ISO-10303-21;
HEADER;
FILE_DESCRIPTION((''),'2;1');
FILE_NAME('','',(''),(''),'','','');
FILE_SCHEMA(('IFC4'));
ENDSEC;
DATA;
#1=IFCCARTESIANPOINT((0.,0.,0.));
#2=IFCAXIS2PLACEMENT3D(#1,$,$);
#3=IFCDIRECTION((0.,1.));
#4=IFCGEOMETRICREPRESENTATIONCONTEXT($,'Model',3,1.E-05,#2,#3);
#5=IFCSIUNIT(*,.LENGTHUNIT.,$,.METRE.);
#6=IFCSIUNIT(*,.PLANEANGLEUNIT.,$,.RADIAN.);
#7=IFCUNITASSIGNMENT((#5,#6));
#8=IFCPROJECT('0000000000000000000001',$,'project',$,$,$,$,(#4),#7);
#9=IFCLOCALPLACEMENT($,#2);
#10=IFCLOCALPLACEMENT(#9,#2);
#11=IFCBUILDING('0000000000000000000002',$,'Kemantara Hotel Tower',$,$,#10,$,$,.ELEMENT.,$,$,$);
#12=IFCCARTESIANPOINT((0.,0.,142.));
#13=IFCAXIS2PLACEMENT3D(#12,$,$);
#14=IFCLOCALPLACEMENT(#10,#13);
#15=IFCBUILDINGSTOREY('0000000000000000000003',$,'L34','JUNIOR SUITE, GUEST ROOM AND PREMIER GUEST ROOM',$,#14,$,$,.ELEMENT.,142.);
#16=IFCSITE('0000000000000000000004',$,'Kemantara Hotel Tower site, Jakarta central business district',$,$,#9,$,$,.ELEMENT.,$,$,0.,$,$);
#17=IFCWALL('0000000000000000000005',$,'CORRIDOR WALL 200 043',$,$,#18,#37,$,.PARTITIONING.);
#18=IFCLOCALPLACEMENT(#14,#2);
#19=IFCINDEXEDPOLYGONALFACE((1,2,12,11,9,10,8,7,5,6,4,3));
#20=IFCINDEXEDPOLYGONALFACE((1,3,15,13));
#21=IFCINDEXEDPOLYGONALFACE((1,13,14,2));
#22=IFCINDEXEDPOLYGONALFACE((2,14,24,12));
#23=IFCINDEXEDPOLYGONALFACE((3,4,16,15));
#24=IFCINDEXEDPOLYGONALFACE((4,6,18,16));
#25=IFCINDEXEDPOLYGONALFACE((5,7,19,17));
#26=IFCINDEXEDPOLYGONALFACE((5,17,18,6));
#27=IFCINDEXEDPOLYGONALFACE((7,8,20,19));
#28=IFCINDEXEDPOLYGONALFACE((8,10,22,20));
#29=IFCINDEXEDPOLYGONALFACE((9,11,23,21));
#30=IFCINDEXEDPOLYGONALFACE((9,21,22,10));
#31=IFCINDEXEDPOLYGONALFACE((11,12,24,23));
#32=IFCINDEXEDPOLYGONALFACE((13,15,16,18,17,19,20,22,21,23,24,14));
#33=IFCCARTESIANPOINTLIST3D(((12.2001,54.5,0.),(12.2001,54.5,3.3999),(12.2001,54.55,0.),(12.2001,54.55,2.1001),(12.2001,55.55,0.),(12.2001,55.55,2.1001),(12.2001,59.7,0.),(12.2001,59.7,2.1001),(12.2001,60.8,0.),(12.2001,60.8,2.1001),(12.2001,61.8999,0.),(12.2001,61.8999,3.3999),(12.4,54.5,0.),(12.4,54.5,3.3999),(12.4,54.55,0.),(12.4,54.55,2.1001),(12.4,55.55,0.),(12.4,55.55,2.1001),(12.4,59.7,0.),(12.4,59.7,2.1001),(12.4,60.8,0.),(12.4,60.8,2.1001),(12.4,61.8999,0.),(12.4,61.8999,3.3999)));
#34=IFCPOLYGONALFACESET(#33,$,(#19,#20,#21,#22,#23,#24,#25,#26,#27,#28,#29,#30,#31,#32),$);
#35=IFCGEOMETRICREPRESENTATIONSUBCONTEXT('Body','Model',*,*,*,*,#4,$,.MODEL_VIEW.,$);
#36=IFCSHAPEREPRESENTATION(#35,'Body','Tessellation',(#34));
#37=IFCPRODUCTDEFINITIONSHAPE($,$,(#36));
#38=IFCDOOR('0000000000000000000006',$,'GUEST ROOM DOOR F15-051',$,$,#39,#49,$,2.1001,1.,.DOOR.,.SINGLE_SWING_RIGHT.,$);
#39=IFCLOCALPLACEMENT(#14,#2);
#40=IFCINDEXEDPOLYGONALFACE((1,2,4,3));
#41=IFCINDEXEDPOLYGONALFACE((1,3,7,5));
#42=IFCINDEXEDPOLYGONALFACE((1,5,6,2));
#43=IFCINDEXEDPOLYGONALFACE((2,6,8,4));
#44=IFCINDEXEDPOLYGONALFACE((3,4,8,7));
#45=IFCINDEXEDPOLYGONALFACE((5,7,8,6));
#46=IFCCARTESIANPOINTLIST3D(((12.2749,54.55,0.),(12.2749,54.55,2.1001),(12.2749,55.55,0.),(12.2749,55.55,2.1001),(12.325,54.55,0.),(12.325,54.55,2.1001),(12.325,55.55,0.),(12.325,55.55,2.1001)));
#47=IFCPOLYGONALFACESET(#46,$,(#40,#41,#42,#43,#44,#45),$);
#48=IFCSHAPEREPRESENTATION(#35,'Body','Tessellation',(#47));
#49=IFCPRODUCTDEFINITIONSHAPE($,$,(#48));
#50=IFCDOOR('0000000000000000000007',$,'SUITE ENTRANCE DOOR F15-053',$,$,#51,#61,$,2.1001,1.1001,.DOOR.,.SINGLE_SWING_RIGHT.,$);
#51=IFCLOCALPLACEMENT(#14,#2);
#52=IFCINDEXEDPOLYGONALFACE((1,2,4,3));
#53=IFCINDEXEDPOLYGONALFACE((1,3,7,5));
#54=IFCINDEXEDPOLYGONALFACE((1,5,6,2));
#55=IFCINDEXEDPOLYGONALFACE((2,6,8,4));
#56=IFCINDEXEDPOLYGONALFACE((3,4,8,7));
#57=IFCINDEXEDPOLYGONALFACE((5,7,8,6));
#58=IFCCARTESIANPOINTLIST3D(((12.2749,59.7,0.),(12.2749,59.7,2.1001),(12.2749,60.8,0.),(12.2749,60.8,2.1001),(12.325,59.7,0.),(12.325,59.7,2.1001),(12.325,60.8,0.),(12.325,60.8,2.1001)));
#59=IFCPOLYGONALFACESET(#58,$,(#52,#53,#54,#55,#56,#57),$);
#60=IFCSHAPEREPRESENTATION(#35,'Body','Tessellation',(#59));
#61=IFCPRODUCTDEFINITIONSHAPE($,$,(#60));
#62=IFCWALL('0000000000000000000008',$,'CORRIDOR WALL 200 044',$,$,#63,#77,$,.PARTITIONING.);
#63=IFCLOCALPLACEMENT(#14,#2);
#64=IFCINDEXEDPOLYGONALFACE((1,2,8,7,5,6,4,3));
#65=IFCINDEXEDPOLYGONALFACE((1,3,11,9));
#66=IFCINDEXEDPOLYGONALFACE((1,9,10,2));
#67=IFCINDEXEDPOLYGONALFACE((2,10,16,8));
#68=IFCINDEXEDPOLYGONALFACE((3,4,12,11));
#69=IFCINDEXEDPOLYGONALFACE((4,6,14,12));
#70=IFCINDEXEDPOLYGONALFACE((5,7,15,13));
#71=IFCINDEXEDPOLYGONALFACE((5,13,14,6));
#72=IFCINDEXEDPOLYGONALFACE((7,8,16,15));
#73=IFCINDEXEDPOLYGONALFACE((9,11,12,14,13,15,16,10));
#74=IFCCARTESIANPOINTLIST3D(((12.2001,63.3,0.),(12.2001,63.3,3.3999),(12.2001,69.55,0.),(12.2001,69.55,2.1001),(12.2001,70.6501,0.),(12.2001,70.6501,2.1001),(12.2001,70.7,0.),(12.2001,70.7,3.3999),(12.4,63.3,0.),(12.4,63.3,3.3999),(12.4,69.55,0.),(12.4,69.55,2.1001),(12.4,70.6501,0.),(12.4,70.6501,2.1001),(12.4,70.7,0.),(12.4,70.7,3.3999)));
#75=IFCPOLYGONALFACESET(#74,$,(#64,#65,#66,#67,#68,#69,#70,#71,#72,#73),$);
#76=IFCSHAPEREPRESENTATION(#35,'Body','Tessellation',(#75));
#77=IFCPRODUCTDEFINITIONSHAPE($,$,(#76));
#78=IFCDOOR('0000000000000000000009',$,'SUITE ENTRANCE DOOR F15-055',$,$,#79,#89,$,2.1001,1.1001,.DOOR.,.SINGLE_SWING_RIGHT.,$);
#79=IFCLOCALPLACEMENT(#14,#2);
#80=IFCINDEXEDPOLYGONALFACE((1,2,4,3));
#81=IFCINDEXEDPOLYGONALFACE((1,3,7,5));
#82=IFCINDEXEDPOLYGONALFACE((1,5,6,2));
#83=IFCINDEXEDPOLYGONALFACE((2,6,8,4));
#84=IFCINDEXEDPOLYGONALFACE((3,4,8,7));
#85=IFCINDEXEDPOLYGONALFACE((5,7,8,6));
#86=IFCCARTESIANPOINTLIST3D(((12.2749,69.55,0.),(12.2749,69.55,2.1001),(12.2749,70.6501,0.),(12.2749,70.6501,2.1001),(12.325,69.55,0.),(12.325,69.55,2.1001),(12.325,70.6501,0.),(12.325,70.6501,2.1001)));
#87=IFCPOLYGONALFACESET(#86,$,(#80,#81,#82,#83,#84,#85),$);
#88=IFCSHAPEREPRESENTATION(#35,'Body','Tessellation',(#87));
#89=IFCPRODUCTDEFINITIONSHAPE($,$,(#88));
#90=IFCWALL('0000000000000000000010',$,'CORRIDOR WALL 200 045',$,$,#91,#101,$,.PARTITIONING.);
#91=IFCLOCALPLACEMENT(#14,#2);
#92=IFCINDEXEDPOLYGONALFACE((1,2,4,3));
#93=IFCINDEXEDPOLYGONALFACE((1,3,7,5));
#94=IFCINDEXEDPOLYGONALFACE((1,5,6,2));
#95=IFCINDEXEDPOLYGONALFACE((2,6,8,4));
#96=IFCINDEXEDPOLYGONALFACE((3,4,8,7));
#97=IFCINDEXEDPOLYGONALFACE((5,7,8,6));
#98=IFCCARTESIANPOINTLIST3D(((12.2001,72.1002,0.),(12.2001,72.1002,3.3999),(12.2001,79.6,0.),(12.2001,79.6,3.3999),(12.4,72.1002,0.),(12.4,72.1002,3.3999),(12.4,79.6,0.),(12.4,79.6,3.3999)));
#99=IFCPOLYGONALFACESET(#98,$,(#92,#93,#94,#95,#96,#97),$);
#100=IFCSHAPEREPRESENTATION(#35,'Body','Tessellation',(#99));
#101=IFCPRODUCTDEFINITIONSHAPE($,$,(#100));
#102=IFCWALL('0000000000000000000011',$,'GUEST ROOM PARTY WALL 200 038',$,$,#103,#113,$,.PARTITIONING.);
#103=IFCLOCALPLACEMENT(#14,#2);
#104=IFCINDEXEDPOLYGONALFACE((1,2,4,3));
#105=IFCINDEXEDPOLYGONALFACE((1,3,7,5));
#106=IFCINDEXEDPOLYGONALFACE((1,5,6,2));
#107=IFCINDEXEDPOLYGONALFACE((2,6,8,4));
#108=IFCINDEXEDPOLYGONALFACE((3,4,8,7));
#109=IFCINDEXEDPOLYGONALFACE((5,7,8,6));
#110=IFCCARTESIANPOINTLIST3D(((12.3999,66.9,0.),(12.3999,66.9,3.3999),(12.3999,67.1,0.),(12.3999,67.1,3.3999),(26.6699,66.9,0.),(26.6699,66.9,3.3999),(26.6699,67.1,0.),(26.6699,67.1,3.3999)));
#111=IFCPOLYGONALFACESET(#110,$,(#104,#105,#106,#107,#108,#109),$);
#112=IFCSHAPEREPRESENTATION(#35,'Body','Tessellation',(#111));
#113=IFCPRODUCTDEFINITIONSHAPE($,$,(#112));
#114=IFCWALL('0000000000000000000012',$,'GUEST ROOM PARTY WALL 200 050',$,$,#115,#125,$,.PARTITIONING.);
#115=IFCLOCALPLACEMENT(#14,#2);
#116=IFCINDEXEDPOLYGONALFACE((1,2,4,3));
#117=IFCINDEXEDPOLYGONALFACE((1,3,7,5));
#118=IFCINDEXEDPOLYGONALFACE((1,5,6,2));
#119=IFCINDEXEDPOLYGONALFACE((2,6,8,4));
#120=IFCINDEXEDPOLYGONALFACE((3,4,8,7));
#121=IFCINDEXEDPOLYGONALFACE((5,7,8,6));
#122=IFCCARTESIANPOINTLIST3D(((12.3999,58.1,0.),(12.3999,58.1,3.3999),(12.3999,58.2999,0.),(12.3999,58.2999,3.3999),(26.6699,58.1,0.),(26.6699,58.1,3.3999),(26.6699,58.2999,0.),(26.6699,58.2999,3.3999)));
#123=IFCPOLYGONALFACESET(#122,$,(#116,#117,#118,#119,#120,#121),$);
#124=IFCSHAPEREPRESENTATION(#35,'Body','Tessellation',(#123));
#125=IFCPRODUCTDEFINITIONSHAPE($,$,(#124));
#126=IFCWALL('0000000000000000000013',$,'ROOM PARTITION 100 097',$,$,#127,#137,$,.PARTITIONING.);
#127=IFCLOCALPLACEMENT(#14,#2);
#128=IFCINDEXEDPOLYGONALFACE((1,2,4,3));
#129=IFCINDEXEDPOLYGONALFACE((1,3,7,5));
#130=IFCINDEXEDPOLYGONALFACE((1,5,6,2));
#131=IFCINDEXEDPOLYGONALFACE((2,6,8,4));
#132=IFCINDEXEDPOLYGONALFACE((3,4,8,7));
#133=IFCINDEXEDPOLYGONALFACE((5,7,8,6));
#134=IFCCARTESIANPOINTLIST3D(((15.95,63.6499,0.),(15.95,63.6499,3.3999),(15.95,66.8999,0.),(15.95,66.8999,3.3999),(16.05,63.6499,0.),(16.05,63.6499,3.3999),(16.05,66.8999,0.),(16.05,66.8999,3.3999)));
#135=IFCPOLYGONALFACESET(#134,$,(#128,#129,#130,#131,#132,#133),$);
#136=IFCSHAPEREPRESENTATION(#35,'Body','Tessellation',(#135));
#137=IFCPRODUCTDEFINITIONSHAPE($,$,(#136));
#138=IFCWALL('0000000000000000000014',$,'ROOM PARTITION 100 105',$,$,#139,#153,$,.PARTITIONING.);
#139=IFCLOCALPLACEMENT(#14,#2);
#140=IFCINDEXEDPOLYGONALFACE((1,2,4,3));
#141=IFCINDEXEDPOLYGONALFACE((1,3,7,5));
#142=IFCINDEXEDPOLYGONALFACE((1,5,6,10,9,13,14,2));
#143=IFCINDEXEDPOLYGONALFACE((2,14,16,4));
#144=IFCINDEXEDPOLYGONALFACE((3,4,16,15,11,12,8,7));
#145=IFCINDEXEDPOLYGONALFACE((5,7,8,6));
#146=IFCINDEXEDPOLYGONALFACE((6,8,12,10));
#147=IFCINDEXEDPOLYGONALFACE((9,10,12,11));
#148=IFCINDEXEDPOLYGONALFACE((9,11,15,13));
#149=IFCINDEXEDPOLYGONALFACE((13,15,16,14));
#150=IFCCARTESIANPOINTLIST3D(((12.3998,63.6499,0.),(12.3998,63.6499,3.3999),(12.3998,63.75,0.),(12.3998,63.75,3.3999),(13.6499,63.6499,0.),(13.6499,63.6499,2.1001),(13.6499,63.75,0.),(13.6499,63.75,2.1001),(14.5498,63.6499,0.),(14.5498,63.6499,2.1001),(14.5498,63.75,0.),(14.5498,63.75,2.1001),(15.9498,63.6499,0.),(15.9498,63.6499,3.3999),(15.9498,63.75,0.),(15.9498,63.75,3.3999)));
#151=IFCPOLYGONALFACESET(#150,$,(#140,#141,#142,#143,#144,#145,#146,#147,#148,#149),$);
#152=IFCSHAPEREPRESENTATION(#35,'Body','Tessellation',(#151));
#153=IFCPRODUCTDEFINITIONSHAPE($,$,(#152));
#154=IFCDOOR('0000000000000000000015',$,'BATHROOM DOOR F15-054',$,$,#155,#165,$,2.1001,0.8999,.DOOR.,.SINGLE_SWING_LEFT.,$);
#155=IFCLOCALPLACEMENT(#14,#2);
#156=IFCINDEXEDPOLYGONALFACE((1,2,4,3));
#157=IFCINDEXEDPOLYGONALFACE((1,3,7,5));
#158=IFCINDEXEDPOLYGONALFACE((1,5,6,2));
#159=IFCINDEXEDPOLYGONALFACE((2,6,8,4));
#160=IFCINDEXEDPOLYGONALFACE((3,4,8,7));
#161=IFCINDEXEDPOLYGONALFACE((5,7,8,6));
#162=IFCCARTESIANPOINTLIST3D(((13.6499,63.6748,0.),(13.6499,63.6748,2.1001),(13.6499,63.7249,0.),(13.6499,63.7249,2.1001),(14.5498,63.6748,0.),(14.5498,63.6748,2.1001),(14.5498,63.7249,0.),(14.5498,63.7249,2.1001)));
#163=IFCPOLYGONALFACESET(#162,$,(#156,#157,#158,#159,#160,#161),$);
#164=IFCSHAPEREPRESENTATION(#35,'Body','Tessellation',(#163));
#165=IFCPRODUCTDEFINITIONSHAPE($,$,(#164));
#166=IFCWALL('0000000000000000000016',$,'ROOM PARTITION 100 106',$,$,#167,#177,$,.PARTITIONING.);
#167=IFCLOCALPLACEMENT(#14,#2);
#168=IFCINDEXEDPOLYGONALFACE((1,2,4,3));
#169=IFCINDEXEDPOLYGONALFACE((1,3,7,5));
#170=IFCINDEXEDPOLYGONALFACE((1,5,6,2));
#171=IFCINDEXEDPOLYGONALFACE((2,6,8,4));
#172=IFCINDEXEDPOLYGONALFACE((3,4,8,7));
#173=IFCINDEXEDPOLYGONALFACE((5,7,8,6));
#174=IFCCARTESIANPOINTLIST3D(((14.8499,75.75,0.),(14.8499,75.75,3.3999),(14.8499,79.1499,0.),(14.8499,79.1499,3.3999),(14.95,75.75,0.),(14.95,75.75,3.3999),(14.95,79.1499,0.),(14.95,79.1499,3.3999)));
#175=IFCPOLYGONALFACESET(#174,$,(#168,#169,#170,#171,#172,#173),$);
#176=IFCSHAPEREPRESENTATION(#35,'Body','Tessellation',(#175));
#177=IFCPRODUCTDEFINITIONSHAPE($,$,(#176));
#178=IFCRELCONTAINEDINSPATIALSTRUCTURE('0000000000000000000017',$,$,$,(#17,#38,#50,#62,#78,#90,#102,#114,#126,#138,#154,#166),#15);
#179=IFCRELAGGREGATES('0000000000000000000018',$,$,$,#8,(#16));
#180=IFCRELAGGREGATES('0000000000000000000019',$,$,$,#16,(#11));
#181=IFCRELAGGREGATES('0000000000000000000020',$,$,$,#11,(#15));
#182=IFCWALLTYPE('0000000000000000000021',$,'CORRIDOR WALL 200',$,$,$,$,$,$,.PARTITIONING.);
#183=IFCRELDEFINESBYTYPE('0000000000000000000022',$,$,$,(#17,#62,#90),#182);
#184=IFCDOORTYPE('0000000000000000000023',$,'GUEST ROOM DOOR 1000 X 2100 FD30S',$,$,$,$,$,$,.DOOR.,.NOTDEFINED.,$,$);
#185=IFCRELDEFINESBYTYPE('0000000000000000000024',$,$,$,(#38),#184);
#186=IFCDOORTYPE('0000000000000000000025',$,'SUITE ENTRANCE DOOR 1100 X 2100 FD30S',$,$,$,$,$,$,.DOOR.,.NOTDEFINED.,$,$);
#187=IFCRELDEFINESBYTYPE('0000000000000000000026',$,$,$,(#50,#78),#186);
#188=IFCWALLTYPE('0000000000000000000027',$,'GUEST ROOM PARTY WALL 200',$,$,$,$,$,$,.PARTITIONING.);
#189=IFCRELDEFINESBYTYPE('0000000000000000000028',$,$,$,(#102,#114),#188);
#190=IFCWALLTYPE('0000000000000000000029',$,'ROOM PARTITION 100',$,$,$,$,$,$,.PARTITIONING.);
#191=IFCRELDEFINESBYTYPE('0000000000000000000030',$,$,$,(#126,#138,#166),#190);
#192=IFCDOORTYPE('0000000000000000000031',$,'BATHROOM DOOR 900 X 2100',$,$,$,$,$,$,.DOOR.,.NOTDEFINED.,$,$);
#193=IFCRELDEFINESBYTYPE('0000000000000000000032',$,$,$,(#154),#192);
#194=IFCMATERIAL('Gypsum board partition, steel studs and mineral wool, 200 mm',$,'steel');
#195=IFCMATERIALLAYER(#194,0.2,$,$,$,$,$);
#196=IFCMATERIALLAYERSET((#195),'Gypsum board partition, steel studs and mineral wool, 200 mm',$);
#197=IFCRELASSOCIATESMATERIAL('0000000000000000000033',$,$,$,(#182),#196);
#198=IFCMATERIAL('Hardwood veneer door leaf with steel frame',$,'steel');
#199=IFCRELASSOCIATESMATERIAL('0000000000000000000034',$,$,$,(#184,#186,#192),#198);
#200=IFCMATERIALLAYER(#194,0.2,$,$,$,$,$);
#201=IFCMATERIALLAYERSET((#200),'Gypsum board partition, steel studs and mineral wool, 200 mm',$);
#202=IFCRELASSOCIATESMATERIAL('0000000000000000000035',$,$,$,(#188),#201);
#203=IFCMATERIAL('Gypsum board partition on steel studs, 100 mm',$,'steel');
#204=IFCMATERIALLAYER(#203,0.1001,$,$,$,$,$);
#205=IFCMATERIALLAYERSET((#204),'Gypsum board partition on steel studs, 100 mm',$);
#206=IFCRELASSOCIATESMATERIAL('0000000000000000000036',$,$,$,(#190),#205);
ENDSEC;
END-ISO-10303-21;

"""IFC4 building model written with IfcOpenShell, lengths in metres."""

from ifc_helpers import new_model, si_unit, direction, frame, frame_2d, origin, place, context, subcontext, project, spatial, rectangle, extrude, material, layer, layer_set, type_object, element, fill, save


model = new_model("IFC4")

# Units and contexts
model_context = context("Model", 3, precision=1e-05, world=origin(), true_north=direction((0.0, 1.0)))
body_context = subcontext(model_context, "Body", "Model", "MODEL_VIEW")
ifc_project = project(units=[si_unit("LENGTHUNIT", "METRE"), si_unit("PLANEANGLEUNIT", "RADIAN")], contexts=[model_context])

# Site, building, storey
site_placement = place(None, origin())
site = spatial("IfcSite", under=ifc_project, at=site_placement, Name="Kemantara Hotel Tower site, Jakarta central business district", CompositionType="ELEMENT", RefElevation=0.0)
building_placement = place(site_placement, origin())
building = spatial("IfcBuilding", under=site, at=building_placement, Name="Kemantara Hotel Tower", CompositionType="ELEMENT")
storey_placement = place(building_placement, frame((0.0, 0.0, 142.0)))
storey = spatial("IfcBuildingStorey", under=building, at=storey_placement, Name="L34", Description="JUNIOR SUITE, GUEST ROOM AND PREMIER GUEST ROOM", CompositionType="ELEMENT", Elevation=142.0)

# Wall, openings, doors
ifc_material_1 = material(Name="Gypsum board partition, steel studs and mineral wool, 200 mm", Category="steel")
ifc_layer_1 = layer(ifc_material_1, 0.2)
ifc_layer_set_1 = layer_set([ifc_layer_1], Name="Gypsum board partition, steel studs and mineral wool, 200 mm")
wall_type_1 = type_object("IfcWallType", Name="CORRIDOR WALL 200", PredefinedType="PARTITIONING", material=ifc_layer_set_1)
wall_1_placement = place(storey_placement, frame((12.3, 61.8999, 0.0), z_axis=(0.0, 0.0, 1.0), x_axis=(0.0, -1.0, 0.0)))
wall_1 = element("IfcWall", 1, at=wall_1_placement, inside=storey, type_object=wall_type_1, Name="CORRIDOR WALL 200 043", PredefinedType="PARTITIONING", context=body_context, shape_type="SweptSolid", body=[
    extrude(rectangle(XDim=7.3999, YDim=0.2, at=frame_2d((3.7, 0.0))), origin(), (0.0, 0.0, 1.0), 3.3999),
])
opening_1_placement = place(wall_1_placement, frame((6.3499, 0.0, 0.0)))
opening_1 = element("IfcOpeningElement", 2, at=opening_1_placement, cuts=wall_1, PredefinedType="OPENING", context=body_context, shape_type="SweptSolid", body=[
    extrude(rectangle(XDim=1.0, YDim=2.1001, at=frame_2d((0.5, 1.05))), frame((0.0, 0.1099, 0.0), z_axis=(0.0, -1.0, 0.0), x_axis=(1.0, 0.0, 0.0)), (0.0, 0.0, 1.0), 0.22),
])
opening_2_placement = place(wall_1_placement, frame((1.0999, 0.0, 0.0)))
opening_2 = element("IfcOpeningElement", 3, at=opening_2_placement, cuts=wall_1, PredefinedType="OPENING", context=body_context, shape_type="SweptSolid", body=[
    extrude(rectangle(XDim=1.1001, YDim=2.1001, at=frame_2d((0.55, 1.05))), frame((0.0, 0.1099, 0.0), z_axis=(0.0, -1.0, 0.0), x_axis=(1.0, 0.0, 0.0)), (0.0, 0.0, 1.0), 0.22),
])
ifc_material_2 = material(Name="Hardwood veneer door leaf with steel frame", Category="steel")
door_type_1 = type_object("IfcDoorType", Name="GUEST ROOM DOOR 1000 X 2100 FD30S", OperationType="NOTDEFINED", PredefinedType="DOOR", material=ifc_material_2)
door_1_placement = place(opening_1_placement, origin())
door_1 = element("IfcDoor", 4, at=door_1_placement, inside=storey, type_object=door_type_1, Name="GUEST ROOM DOOR F15-051", OperationType="SINGLE_SWING_RIGHT", OverallHeight=2.1001, OverallWidth=1.0, PredefinedType="DOOR", context=body_context, shape_type="SweptSolid", body=[
    extrude(rectangle(XDim=1.0, YDim=2.1001, at=frame_2d((0.5, 1.05))), frame((0.0, 0.0249, 0.0), z_axis=(0.0, -1.0, 0.0), x_axis=(1.0, 0.0, 0.0)), (0.0, 0.0, 1.0), 0.05),
])
fill(opening_1, door_1)
door_type_2 = type_object("IfcDoorType", Name="SUITE ENTRANCE DOOR 1100 X 2100 FD30S", OperationType="NOTDEFINED", PredefinedType="DOOR", material=ifc_material_2)
door_2_placement = place(opening_2_placement, origin())
door_2 = element("IfcDoor", 5, at=door_2_placement, inside=storey, type_object=door_type_2, Name="SUITE ENTRANCE DOOR F15-053", OperationType="SINGLE_SWING_RIGHT", OverallHeight=2.1001, OverallWidth=1.1001, PredefinedType="DOOR", context=body_context, shape_type="SweptSolid", body=[
    extrude(rectangle(XDim=1.1001, YDim=2.1001, at=frame_2d((0.55, 1.05))), frame((0.0, 0.0249, 0.0), z_axis=(0.0, -1.0, 0.0), x_axis=(1.0, 0.0, 0.0)), (0.0, 0.0, 1.0), 0.05),
])
fill(opening_2, door_2)

# Wall, opening, door
wall_2_placement = place(storey_placement, frame((12.3, 70.7, 0.0), z_axis=(0.0, 0.0, 1.0), x_axis=(0.0, -1.0, 0.0)))
wall_2 = element("IfcWall", 6, at=wall_2_placement, inside=storey, type_object=wall_type_1, Name="CORRIDOR WALL 200 044", PredefinedType="PARTITIONING", context=body_context, shape_type="SweptSolid", body=[
    extrude(rectangle(XDim=7.3999, YDim=0.2, at=frame_2d((3.7, 0.0))), origin(), (0.0, 0.0, 1.0), 3.3999),
])
opening_3_placement = place(wall_2_placement, frame((0.0498, 0.0, 0.0)))
opening_3 = element("IfcOpeningElement", 7, at=opening_3_placement, cuts=wall_2, PredefinedType="OPENING", context=body_context, shape_type="SweptSolid", body=[
    extrude(rectangle(XDim=1.1001, YDim=2.1001, at=frame_2d((0.55, 1.05))), frame((0.0, 0.1099, 0.0), z_axis=(0.0, -1.0, 0.0), x_axis=(1.0, 0.0, 0.0)), (0.0, 0.0, 1.0), 0.22),
])
door_3_placement = place(opening_3_placement, origin())
door_3 = element("IfcDoor", 8, at=door_3_placement, inside=storey, type_object=door_type_2, Name="SUITE ENTRANCE DOOR F15-055", OperationType="SINGLE_SWING_RIGHT", OverallHeight=2.1001, OverallWidth=1.1001, PredefinedType="DOOR", context=body_context, shape_type="SweptSolid", body=[
    extrude(rectangle(XDim=1.1001, YDim=2.1001, at=frame_2d((0.55, 1.05))), frame((0.0, 0.0249, 0.0), z_axis=(0.0, -1.0, 0.0), x_axis=(1.0, 0.0, 0.0)), (0.0, 0.0, 1.0), 0.05),
])
fill(opening_3, door_3)

# Walls
wall_3_placement = place(storey_placement, frame((12.3, 72.1001, 0.0), z_axis=(0.0, 0.0, 1.0), x_axis=(0.0, 1.0, 0.0)))
element("IfcWall", 9, at=wall_3_placement, inside=storey, type_object=wall_type_1, Name="CORRIDOR WALL 200 045", PredefinedType="PARTITIONING", context=body_context, shape_type="SweptSolid", body=[
    extrude(rectangle(XDim=7.4998, YDim=0.2, at=frame_2d((3.75, 0.0))), origin(), (0.0, 0.0, 1.0), 3.3999),
])
ifc_layer_2 = layer(ifc_material_1, 0.2)
ifc_layer_set_2 = layer_set([ifc_layer_2], Name="Gypsum board partition, steel studs and mineral wool, 200 mm")
wall_type_2 = type_object("IfcWallType", Name="GUEST ROOM PARTY WALL 200", PredefinedType="PARTITIONING", material=ifc_layer_set_2)
for number, where, z_axis, x_axis, name in (
    (10, (12.3999, 67.0, 0.0), (0.0, 0.0, 1.0), (1.0, 0.0, 0.0), "GUEST ROOM PARTY WALL 200 038"),
    (11, (12.3999, 58.2, 0.0), (0.0, 0.0, 1.0), (1.0, 0.0, 0.0), "GUEST ROOM PARTY WALL 200 050"),
):
    element("IfcWall", number, at=place(storey_placement, frame(where, z_axis=z_axis, x_axis=x_axis)), inside=storey, type_object=wall_type_2, Name=name, PredefinedType="PARTITIONING", context=body_context, shape_type="SweptSolid", body=[
        extrude(rectangle(XDim=14.27, YDim=0.2, at=frame_2d((7.135, 0.0))), origin(), (0.0, 0.0, 1.0), 3.3999),
    ])
ifc_material_3 = material(Name="Gypsum board partition on steel studs, 100 mm", Category="steel")
ifc_layer_3 = layer(ifc_material_3, 0.1001)
ifc_layer_set_3 = layer_set([ifc_layer_3], Name="Gypsum board partition on steel studs, 100 mm")
wall_type_3 = type_object("IfcWallType", Name="ROOM PARTITION 100", PredefinedType="PARTITIONING", material=ifc_layer_set_3)
wall_4_placement = place(storey_placement, frame((16.0, 63.6499, 0.0), z_axis=(0.0, 0.0, 1.0), x_axis=(0.0, 1.0, 0.0)))
element("IfcWall", 12, at=wall_4_placement, inside=storey, type_object=wall_type_3, Name="ROOM PARTITION 100 097", PredefinedType="PARTITIONING", context=body_context, shape_type="SweptSolid", body=[
    extrude(rectangle(XDim=3.25, YDim=0.1001, at=frame_2d((1.625, 0.0))), origin(), (0.0, 0.0, 1.0), 3.3999),
])

# Wall, opening, door
wall_5_placement = place(storey_placement, frame((12.3999, 63.7, 0.0), z_axis=(0.0, 0.0, 1.0), x_axis=(1.0, 0.0, 0.0)))
wall_5 = element("IfcWall", 13, at=wall_5_placement, inside=storey, type_object=wall_type_3, Name="ROOM PARTITION 100 105", PredefinedType="PARTITIONING", context=body_context, shape_type="SweptSolid", body=[
    extrude(rectangle(XDim=3.55, YDim=0.1001, at=frame_2d((1.7749, 0.0))), origin(), (0.0, 0.0, 1.0), 3.3999),
])
opening_4_placement = place(wall_5_placement, frame((1.25, 0.0, 0.0)))
opening_4 = element("IfcOpeningElement", 14, at=opening_4_placement, cuts=wall_5, PredefinedType="OPENING", context=body_context, shape_type="SweptSolid", body=[
    extrude(rectangle(XDim=0.8999, YDim=2.1001, at=frame_2d((0.45, 1.05))), frame((0.0, 0.0601, 0.0), z_axis=(0.0, -1.0, 0.0), x_axis=(1.0, 0.0, 0.0)), (0.0, 0.0, 1.0), 0.1201),
])
door_type_3 = type_object("IfcDoorType", Name="BATHROOM DOOR 900 X 2100", OperationType="NOTDEFINED", PredefinedType="DOOR", material=ifc_material_2)
door_4_placement = place(opening_4_placement, origin())
door_4 = element("IfcDoor", 15, at=door_4_placement, inside=storey, type_object=door_type_3, Name="BATHROOM DOOR F15-054", OperationType="SINGLE_SWING_LEFT", OverallHeight=2.1001, OverallWidth=0.8999, PredefinedType="DOOR", context=body_context, shape_type="SweptSolid", body=[
    extrude(rectangle(XDim=0.8999, YDim=2.1001, at=frame_2d((0.45, 1.05))), frame((0.0, 0.0249, 0.0), z_axis=(0.0, -1.0, 0.0), x_axis=(1.0, 0.0, 0.0)), (0.0, 0.0, 1.0), 0.05),
])
fill(opening_4, door_4)

# Wall
wall_6_placement = place(storey_placement, frame((14.8999, 75.75, 0.0), z_axis=(0.0, 0.0, 1.0), x_axis=(0.0, 1.0, 0.0)))
element("IfcWall", 16, at=wall_6_placement, inside=storey, type_object=wall_type_3, Name="ROOM PARTITION 100 106", PredefinedType="PARTITIONING", context=body_context, shape_type="SweptSolid", body=[
    extrude(rectangle(XDim=3.3999, YDim=0.1001, at=frame_2d((1.7, 0.0))), origin(), (0.0, 0.0, 1.0), 3.3999),
])

save(model, "model.ifc")
